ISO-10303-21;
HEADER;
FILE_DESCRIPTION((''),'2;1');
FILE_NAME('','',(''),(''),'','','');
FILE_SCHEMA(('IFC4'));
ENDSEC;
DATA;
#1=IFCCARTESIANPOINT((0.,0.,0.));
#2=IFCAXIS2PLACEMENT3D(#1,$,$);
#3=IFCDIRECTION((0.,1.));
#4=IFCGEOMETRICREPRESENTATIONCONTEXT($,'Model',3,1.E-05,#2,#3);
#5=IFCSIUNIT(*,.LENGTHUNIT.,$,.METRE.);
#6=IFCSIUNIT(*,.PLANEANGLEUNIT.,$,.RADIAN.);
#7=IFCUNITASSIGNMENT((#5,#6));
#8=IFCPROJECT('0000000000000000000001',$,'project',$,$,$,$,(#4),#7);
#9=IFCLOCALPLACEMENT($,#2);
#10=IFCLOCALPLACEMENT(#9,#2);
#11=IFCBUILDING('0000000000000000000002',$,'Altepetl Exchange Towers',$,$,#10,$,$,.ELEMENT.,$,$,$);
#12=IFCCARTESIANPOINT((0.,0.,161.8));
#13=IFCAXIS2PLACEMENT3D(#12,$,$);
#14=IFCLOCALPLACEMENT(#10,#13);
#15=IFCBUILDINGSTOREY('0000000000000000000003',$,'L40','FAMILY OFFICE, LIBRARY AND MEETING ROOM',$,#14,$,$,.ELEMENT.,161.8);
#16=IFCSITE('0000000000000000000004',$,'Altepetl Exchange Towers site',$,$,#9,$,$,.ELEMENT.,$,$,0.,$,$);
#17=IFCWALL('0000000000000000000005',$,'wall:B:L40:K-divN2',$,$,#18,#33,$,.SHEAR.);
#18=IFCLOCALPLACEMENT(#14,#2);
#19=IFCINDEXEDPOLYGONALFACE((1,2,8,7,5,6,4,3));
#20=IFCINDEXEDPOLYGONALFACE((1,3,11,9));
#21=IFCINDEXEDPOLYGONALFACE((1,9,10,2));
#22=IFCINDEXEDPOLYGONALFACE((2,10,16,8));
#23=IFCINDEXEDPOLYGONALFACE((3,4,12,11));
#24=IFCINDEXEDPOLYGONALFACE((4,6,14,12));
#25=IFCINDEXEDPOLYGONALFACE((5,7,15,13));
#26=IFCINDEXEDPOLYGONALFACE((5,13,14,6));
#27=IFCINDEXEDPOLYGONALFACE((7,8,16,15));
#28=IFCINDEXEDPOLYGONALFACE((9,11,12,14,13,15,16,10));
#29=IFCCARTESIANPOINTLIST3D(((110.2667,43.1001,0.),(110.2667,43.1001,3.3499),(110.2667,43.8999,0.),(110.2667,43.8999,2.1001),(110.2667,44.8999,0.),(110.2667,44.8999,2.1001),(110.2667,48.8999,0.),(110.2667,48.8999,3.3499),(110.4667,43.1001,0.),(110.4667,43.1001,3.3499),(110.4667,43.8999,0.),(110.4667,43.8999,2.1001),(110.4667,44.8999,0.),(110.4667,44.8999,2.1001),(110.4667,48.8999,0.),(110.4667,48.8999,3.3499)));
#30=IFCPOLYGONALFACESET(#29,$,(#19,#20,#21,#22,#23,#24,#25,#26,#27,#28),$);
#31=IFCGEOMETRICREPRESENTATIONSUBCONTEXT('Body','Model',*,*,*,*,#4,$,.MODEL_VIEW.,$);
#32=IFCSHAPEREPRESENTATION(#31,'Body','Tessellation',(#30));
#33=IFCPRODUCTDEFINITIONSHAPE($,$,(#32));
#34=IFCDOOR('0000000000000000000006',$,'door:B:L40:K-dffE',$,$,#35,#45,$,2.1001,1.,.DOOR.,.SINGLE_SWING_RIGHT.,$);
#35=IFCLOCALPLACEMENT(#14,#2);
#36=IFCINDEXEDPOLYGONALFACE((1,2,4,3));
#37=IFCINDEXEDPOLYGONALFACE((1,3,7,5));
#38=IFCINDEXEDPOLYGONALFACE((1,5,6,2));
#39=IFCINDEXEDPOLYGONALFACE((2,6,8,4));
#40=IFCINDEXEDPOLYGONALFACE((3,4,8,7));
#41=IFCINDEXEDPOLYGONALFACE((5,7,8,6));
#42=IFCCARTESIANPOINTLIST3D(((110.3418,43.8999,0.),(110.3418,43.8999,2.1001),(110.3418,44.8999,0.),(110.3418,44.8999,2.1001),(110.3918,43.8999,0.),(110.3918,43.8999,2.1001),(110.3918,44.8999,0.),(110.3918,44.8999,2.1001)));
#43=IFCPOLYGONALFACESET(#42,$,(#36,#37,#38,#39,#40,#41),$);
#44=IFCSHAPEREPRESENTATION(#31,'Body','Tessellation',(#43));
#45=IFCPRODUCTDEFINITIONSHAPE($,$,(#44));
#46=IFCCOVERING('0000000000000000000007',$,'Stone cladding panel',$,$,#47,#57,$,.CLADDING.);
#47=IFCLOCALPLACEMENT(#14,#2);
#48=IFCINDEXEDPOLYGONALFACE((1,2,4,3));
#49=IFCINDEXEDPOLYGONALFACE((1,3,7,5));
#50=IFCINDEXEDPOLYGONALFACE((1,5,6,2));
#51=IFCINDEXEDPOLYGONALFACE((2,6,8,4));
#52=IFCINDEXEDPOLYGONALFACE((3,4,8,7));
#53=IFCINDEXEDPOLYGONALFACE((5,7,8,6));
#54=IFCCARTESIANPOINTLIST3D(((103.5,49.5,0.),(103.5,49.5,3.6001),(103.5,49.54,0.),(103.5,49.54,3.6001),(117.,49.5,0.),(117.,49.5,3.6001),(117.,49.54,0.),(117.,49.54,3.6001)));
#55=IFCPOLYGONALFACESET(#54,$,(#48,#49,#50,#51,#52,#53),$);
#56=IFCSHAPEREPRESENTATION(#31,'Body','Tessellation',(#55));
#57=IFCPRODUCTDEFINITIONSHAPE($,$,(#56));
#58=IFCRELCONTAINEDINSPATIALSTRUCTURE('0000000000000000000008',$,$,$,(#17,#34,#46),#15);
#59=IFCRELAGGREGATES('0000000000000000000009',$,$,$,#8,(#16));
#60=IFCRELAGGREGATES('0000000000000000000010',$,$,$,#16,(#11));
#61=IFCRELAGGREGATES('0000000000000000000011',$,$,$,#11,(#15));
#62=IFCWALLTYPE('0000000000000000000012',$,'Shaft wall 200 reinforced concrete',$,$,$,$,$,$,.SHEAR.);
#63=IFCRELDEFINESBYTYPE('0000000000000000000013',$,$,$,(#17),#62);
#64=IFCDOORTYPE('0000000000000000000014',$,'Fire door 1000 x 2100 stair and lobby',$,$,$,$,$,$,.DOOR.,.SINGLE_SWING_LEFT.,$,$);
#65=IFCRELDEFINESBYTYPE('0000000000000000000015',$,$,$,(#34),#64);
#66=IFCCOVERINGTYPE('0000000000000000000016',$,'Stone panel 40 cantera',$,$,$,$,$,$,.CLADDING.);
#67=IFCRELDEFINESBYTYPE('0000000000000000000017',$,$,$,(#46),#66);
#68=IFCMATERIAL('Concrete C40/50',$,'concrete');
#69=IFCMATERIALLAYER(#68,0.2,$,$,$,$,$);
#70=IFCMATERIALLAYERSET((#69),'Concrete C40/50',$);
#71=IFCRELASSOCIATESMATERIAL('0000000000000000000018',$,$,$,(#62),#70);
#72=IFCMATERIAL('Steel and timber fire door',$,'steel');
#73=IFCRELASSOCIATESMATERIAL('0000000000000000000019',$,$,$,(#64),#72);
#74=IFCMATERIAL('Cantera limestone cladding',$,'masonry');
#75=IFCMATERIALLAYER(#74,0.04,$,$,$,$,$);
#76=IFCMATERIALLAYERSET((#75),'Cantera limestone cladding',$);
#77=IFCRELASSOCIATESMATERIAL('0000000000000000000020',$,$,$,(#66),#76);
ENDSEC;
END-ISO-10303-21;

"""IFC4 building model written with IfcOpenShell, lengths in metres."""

from ifc_helpers import new_model, si_unit, direction, frame, frame_2d, origin, origin_2d, place, context, subcontext, project, spatial, rectangle, extrude, material, layer, layer_set, type_object, element, fill, save


model = new_model("IFC4")

# Units and contexts
model_context = context("Model", 3, precision=1e-05, world=origin(), true_north=direction((0.0, 1.0)))
body_context = subcontext(model_context, "Body", "Model", "MODEL_VIEW")
ifc_project = project(units=[si_unit("LENGTHUNIT", "METRE"), si_unit("PLANEANGLEUNIT", "RADIAN")], contexts=[model_context])

# Site, building, storey
site_placement = place(None, origin())
site = spatial("IfcSite", under=ifc_project, at=site_placement, Name="Altepetl Exchange Towers site", CompositionType="ELEMENT", RefElevation=0.0)
building_placement = place(site_placement, origin())
building = spatial("IfcBuilding", under=site, at=building_placement, Name="Altepetl Exchange Towers", CompositionType="ELEMENT")
storey_placement = place(building_placement, frame((0.0, 0.0, 161.8)))
storey = spatial("IfcBuildingStorey", under=building, at=storey_placement, Name="L40", Description="FAMILY OFFICE, LIBRARY AND MEETING ROOM", CompositionType="ELEMENT", Elevation=161.8)

# Shared definitions
ifc_material_1 = material(Name="Concrete C40/50", Category="concrete")
ifc_layer_1 = layer(ifc_material_1, 0.2)
ifc_layer_set_1 = layer_set([ifc_layer_1], Name="Concrete C40/50")
wall_type_1 = type_object("IfcWallType", Name="Shaft wall 200 reinforced concrete", PredefinedType="SHEAR", material=ifc_layer_set_1)

# Wall, opening, door
wall_1_placement = place(storey_placement, frame((110.3667, 48.8999, 0.0), z_axis=(0.0, 0.0, 1.0), x_axis=(0.0, -1.0, 0.0)))
wall_1 = element("IfcWall", 1, at=wall_1_placement, inside=storey, type_object=wall_type_1, Name="wall:B:L40:K-divN2", PredefinedType="SHEAR", context=body_context, shape_type="SweptSolid", body=[
    extrude(rectangle(XDim=5.7998, YDim=0.2, at=frame_2d((2.8999, 0.0))), origin(), (0.0, 0.0, 1.0), 3.3499),
])
opening_placement = place(wall_1_placement, frame((4.0, 0.0, 0.0)))
opening = element("IfcOpeningElement", 2, at=opening_placement, cuts=wall_1, PredefinedType="OPENING", context=body_context, shape_type="SweptSolid", body=[
    extrude(rectangle(XDim=1.0, YDim=2.1001, at=frame_2d((0.5, 1.05))), frame((0.0, 0.1099, 0.0), z_axis=(0.0, -1.0, 0.0), x_axis=(1.0, 0.0, 0.0)), (0.0, 0.0, 1.0), 0.22),
])
ifc_material_2 = material(Name="Steel and timber fire door", Category="steel")
door_type = type_object("IfcDoorType", Name="Fire door 1000 x 2100 stair and lobby", OperationType="SINGLE_SWING_LEFT", PredefinedType="DOOR", material=ifc_material_2)
door_placement = place(opening_placement, frame((1.0, 0.0, 0.0), x_axis=(-1.0, 0.0, 0.0)))
door = element("IfcDoor", 3, at=door_placement, inside=storey, type_object=door_type, Name="door:B:L40:K-dffE", OperationType="SINGLE_SWING_RIGHT", OverallHeight=2.1001, OverallWidth=1.0, PredefinedType="DOOR", context=body_context, shape_type="SweptSolid", body=[
    extrude(rectangle(XDim=1.0, YDim=2.1001, at=frame_2d((0.5, 1.05))), frame((0.0, 0.0249, 0.0), z_axis=(0.0, -1.0, 0.0), x_axis=(1.0, 0.0, 0.0)), (0.0, 0.0, 1.0), 0.05),
])
fill(opening, door)

# Covering
ifc_material_3 = material(Name="Cantera limestone cladding", Category="masonry")
ifc_layer_2 = layer(ifc_material_3, 0.04)
ifc_layer_set_2 = layer_set([ifc_layer_2], Name="Cantera limestone cladding")
covering_type = type_object("IfcCoveringType", Name="Stone panel 40 cantera", PredefinedType="CLADDING", material=ifc_layer_set_2)
covering_placement = place(storey_placement, frame((110.25, 49.52, 0.0), z_axis=(0.0, 0.0, 1.0), x_axis=(-1.0, 0.0, 0.0)))
element("IfcCovering", 4, at=covering_placement, inside=storey, type_object=covering_type, Name="Stone cladding panel", PredefinedType="CLADDING", context=body_context, shape_type="SweptSolid", body=[
    extrude(rectangle(XDim=13.5, YDim=0.04, at=origin_2d()), origin(), (0.0, 0.0, 1.0), 3.6001),
])

save(model, "model.ifc")
